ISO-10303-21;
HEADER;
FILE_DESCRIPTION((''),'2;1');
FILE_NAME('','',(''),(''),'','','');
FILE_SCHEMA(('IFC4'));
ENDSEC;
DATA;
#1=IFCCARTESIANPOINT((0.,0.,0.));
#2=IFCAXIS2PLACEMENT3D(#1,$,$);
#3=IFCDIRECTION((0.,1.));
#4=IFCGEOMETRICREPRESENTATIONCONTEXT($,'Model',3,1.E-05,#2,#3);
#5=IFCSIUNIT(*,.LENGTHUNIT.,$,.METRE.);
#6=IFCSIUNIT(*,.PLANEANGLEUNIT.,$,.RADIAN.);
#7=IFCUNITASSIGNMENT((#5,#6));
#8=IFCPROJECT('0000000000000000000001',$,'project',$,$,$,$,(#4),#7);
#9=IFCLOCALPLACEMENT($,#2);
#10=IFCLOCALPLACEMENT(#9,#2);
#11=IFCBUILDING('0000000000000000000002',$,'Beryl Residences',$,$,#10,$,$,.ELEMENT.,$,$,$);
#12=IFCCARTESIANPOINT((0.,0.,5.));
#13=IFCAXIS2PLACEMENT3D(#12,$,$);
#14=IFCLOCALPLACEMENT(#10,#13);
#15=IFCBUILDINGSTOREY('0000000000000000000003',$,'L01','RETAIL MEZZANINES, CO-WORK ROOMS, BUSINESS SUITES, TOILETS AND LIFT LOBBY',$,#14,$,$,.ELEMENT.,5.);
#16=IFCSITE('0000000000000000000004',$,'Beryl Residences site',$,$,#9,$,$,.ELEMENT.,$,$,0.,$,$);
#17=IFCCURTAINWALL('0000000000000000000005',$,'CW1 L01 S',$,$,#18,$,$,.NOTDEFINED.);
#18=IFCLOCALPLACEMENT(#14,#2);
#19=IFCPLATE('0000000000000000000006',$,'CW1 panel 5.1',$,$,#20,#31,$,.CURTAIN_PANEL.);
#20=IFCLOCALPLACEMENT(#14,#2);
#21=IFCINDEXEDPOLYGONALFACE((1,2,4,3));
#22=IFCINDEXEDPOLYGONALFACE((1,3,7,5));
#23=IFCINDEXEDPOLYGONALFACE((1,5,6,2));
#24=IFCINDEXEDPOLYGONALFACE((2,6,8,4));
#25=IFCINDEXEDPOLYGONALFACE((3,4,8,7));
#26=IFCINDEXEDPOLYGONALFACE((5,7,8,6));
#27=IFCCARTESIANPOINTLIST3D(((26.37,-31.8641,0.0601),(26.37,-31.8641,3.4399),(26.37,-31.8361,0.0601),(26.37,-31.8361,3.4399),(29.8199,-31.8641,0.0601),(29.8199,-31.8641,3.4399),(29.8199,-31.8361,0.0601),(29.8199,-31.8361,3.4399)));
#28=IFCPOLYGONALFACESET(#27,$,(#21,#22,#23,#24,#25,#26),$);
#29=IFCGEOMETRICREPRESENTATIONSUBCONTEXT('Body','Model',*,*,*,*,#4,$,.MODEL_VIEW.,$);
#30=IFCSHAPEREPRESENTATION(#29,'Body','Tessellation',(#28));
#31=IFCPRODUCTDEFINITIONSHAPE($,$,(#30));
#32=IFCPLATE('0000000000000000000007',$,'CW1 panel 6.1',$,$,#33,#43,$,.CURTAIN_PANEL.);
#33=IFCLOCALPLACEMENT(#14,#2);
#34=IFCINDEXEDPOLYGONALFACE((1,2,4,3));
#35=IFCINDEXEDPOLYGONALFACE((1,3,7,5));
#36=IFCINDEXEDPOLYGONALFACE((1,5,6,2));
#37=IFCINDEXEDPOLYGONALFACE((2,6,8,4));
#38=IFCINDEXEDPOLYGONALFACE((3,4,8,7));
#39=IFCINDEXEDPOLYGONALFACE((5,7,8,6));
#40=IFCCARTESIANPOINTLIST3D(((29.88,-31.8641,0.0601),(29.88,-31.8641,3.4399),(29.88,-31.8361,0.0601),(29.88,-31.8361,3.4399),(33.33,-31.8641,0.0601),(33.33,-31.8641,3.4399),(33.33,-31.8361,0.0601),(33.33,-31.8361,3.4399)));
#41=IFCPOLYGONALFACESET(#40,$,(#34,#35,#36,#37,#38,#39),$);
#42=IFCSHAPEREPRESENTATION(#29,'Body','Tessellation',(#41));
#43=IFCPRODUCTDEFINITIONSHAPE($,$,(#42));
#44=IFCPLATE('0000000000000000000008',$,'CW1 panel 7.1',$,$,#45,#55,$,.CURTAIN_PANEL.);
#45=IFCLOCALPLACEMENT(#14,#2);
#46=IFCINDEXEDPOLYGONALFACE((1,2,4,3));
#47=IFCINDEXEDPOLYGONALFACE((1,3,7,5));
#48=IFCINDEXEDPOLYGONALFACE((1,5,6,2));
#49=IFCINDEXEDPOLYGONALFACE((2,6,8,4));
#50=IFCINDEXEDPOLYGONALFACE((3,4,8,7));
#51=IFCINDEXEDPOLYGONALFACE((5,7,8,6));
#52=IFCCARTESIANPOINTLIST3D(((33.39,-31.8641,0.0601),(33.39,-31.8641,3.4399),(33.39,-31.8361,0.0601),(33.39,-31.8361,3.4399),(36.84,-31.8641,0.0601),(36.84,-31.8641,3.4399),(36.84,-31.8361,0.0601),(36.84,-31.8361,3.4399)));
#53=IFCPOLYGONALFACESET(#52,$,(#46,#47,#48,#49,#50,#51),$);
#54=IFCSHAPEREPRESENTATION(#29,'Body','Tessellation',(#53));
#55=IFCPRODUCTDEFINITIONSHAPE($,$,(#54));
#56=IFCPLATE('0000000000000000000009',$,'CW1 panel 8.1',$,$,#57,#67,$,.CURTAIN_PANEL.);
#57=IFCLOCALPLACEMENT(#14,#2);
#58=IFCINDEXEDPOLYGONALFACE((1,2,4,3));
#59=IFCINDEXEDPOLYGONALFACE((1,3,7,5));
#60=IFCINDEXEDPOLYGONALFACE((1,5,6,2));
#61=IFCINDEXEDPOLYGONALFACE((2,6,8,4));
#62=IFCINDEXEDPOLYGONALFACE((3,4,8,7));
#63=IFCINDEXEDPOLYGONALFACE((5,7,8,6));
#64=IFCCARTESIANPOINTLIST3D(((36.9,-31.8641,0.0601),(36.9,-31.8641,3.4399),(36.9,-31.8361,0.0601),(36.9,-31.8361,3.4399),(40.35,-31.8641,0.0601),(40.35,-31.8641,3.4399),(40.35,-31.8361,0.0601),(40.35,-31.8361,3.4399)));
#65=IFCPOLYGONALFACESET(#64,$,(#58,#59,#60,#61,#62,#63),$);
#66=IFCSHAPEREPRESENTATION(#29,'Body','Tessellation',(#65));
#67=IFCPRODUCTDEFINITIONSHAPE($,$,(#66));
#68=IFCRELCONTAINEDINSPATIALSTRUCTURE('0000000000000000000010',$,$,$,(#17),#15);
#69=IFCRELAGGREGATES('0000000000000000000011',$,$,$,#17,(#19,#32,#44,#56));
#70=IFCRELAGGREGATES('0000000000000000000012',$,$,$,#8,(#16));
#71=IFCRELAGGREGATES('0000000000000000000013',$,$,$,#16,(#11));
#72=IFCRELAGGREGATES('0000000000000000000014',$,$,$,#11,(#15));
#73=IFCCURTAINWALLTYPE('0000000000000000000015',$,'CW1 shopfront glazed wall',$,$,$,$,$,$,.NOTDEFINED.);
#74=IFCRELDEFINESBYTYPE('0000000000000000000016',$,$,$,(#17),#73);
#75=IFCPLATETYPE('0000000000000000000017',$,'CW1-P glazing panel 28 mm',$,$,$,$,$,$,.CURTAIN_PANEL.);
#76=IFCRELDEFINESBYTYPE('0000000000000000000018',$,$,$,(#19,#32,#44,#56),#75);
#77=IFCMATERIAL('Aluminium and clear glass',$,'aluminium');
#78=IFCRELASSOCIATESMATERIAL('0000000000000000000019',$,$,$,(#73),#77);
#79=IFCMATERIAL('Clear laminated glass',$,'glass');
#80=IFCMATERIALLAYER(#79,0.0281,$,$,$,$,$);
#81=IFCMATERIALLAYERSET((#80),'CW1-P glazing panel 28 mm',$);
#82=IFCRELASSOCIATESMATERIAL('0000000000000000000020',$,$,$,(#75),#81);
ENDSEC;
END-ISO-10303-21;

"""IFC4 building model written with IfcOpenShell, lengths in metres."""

from ifc_helpers import new_model, si_unit, direction, frame, origin, origin_2d, place, context, subcontext, project, spatial, rectangle, extrude, material, layer, layer_set, type_object, element, aggregate, save


model = new_model("IFC4")

# Units and contexts
model_context = context("Model", 3, precision=1e-05, world=origin(), true_north=direction((0.0, 1.0)))
body_context = subcontext(model_context, "Body", "Model", "MODEL_VIEW")
ifc_project = project(units=[si_unit("LENGTHUNIT", "METRE"), si_unit("PLANEANGLEUNIT", "RADIAN")], contexts=[model_context])

# Site, building, storey
site_placement = place(None, origin())
site = spatial("IfcSite", under=ifc_project, at=site_placement, Name="Beryl Residences site", CompositionType="ELEMENT", RefElevation=0.0)
building_placement = place(site_placement, origin())
building = spatial("IfcBuilding", under=site, at=building_placement, Name="Beryl Residences", CompositionType="ELEMENT")
storey_placement = place(building_placement, frame((0.0, 0.0, 5.0)))
storey = spatial("IfcBuildingStorey", under=building, at=storey_placement, Name="L01", Description="RETAIL MEZZANINES, CO-WORK ROOMS, BUSINESS SUITES, TOILETS AND LIFT LOBBY", CompositionType="ELEMENT", Elevation=5.0)

# Curtain wall, plates
ifc_material_1 = material(Name="Aluminium and clear glass", Category="aluminium")
curtain_wall_type = type_object("IfcCurtainWallType", Name="CW1 shopfront glazed wall", PredefinedType="NOTDEFINED", material=ifc_material_1)
curtain_wall_placement = place(storey_placement, origin())
curtain_wall = element("IfcCurtainWall", 1, at=curtain_wall_placement, inside=storey, type_object=curtain_wall_type, Name="CW1 L01 S", PredefinedType="NOTDEFINED")
ifc_material_2 = material(Name="Clear laminated glass", Category="glass")
ifc_layer = layer(ifc_material_2, 0.0281)
ifc_layer_set = layer_set([ifc_layer], Name="CW1-P glazing panel 28 mm")
plate_type = type_object("IfcPlateType", Name="CW1-P glazing panel 28 mm", PredefinedType="CURTAIN_PANEL", material=ifc_layer_set)
plate_1_placement = place(storey_placement, frame((28.095, -31.8501, 0.0601), z_axis=(0.0, 0.0, 1.0), x_axis=(1.0, 0.0, 0.0)))
plate_1 = element("IfcPlate", 2, at=plate_1_placement, type_object=plate_type, Name="CW1 panel 5.1", PredefinedType="CURTAIN_PANEL", context=body_context, shape_type="SweptSolid", body=[
    extrude(rectangle(XDim=3.45, YDim=0.0281, at=origin_2d()), origin(), (0.0, 0.0, 1.0), 3.3799),
])
plate_2_placement = place(storey_placement, frame((31.605, -31.8501, 0.0601), z_axis=(0.0, 0.0, 1.0), x_axis=(1.0, 0.0, 0.0)))
plate_2 = element("IfcPlate", 3, at=plate_2_placement, type_object=plate_type, Name="CW1 panel 6.1", PredefinedType="CURTAIN_PANEL", context=body_context, shape_type="SweptSolid", body=[
    extrude(rectangle(XDim=3.45, YDim=0.0281, at=origin_2d()), origin(), (0.0, 0.0, 1.0), 3.3799),
])
plate_3_placement = place(storey_placement, frame((35.115, -31.8501, 0.0601), z_axis=(0.0, 0.0, 1.0), x_axis=(1.0, 0.0, 0.0)))
plate_3 = element("IfcPlate", 4, at=plate_3_placement, type_object=plate_type, Name="CW1 panel 7.1", PredefinedType="CURTAIN_PANEL", context=body_context, shape_type="SweptSolid", body=[
    extrude(rectangle(XDim=3.45, YDim=0.0281, at=origin_2d()), origin(), (0.0, 0.0, 1.0), 3.3799),
])
plate_4_placement = place(storey_placement, frame((38.625, -31.8501, 0.0601), z_axis=(0.0, 0.0, 1.0), x_axis=(1.0, 0.0, 0.0)))
plate_4 = element("IfcPlate", 5, at=plate_4_placement, type_object=plate_type, Name="CW1 panel 8.1", PredefinedType="CURTAIN_PANEL", context=body_context, shape_type="SweptSolid", body=[
    extrude(rectangle(XDim=3.45, YDim=0.0281, at=origin_2d()), origin(), (0.0, 0.0, 1.0), 3.3799),
])
aggregate(curtain_wall, [plate_1, plate_2, plate_3, plate_4])

save(model, "model.ifc")
